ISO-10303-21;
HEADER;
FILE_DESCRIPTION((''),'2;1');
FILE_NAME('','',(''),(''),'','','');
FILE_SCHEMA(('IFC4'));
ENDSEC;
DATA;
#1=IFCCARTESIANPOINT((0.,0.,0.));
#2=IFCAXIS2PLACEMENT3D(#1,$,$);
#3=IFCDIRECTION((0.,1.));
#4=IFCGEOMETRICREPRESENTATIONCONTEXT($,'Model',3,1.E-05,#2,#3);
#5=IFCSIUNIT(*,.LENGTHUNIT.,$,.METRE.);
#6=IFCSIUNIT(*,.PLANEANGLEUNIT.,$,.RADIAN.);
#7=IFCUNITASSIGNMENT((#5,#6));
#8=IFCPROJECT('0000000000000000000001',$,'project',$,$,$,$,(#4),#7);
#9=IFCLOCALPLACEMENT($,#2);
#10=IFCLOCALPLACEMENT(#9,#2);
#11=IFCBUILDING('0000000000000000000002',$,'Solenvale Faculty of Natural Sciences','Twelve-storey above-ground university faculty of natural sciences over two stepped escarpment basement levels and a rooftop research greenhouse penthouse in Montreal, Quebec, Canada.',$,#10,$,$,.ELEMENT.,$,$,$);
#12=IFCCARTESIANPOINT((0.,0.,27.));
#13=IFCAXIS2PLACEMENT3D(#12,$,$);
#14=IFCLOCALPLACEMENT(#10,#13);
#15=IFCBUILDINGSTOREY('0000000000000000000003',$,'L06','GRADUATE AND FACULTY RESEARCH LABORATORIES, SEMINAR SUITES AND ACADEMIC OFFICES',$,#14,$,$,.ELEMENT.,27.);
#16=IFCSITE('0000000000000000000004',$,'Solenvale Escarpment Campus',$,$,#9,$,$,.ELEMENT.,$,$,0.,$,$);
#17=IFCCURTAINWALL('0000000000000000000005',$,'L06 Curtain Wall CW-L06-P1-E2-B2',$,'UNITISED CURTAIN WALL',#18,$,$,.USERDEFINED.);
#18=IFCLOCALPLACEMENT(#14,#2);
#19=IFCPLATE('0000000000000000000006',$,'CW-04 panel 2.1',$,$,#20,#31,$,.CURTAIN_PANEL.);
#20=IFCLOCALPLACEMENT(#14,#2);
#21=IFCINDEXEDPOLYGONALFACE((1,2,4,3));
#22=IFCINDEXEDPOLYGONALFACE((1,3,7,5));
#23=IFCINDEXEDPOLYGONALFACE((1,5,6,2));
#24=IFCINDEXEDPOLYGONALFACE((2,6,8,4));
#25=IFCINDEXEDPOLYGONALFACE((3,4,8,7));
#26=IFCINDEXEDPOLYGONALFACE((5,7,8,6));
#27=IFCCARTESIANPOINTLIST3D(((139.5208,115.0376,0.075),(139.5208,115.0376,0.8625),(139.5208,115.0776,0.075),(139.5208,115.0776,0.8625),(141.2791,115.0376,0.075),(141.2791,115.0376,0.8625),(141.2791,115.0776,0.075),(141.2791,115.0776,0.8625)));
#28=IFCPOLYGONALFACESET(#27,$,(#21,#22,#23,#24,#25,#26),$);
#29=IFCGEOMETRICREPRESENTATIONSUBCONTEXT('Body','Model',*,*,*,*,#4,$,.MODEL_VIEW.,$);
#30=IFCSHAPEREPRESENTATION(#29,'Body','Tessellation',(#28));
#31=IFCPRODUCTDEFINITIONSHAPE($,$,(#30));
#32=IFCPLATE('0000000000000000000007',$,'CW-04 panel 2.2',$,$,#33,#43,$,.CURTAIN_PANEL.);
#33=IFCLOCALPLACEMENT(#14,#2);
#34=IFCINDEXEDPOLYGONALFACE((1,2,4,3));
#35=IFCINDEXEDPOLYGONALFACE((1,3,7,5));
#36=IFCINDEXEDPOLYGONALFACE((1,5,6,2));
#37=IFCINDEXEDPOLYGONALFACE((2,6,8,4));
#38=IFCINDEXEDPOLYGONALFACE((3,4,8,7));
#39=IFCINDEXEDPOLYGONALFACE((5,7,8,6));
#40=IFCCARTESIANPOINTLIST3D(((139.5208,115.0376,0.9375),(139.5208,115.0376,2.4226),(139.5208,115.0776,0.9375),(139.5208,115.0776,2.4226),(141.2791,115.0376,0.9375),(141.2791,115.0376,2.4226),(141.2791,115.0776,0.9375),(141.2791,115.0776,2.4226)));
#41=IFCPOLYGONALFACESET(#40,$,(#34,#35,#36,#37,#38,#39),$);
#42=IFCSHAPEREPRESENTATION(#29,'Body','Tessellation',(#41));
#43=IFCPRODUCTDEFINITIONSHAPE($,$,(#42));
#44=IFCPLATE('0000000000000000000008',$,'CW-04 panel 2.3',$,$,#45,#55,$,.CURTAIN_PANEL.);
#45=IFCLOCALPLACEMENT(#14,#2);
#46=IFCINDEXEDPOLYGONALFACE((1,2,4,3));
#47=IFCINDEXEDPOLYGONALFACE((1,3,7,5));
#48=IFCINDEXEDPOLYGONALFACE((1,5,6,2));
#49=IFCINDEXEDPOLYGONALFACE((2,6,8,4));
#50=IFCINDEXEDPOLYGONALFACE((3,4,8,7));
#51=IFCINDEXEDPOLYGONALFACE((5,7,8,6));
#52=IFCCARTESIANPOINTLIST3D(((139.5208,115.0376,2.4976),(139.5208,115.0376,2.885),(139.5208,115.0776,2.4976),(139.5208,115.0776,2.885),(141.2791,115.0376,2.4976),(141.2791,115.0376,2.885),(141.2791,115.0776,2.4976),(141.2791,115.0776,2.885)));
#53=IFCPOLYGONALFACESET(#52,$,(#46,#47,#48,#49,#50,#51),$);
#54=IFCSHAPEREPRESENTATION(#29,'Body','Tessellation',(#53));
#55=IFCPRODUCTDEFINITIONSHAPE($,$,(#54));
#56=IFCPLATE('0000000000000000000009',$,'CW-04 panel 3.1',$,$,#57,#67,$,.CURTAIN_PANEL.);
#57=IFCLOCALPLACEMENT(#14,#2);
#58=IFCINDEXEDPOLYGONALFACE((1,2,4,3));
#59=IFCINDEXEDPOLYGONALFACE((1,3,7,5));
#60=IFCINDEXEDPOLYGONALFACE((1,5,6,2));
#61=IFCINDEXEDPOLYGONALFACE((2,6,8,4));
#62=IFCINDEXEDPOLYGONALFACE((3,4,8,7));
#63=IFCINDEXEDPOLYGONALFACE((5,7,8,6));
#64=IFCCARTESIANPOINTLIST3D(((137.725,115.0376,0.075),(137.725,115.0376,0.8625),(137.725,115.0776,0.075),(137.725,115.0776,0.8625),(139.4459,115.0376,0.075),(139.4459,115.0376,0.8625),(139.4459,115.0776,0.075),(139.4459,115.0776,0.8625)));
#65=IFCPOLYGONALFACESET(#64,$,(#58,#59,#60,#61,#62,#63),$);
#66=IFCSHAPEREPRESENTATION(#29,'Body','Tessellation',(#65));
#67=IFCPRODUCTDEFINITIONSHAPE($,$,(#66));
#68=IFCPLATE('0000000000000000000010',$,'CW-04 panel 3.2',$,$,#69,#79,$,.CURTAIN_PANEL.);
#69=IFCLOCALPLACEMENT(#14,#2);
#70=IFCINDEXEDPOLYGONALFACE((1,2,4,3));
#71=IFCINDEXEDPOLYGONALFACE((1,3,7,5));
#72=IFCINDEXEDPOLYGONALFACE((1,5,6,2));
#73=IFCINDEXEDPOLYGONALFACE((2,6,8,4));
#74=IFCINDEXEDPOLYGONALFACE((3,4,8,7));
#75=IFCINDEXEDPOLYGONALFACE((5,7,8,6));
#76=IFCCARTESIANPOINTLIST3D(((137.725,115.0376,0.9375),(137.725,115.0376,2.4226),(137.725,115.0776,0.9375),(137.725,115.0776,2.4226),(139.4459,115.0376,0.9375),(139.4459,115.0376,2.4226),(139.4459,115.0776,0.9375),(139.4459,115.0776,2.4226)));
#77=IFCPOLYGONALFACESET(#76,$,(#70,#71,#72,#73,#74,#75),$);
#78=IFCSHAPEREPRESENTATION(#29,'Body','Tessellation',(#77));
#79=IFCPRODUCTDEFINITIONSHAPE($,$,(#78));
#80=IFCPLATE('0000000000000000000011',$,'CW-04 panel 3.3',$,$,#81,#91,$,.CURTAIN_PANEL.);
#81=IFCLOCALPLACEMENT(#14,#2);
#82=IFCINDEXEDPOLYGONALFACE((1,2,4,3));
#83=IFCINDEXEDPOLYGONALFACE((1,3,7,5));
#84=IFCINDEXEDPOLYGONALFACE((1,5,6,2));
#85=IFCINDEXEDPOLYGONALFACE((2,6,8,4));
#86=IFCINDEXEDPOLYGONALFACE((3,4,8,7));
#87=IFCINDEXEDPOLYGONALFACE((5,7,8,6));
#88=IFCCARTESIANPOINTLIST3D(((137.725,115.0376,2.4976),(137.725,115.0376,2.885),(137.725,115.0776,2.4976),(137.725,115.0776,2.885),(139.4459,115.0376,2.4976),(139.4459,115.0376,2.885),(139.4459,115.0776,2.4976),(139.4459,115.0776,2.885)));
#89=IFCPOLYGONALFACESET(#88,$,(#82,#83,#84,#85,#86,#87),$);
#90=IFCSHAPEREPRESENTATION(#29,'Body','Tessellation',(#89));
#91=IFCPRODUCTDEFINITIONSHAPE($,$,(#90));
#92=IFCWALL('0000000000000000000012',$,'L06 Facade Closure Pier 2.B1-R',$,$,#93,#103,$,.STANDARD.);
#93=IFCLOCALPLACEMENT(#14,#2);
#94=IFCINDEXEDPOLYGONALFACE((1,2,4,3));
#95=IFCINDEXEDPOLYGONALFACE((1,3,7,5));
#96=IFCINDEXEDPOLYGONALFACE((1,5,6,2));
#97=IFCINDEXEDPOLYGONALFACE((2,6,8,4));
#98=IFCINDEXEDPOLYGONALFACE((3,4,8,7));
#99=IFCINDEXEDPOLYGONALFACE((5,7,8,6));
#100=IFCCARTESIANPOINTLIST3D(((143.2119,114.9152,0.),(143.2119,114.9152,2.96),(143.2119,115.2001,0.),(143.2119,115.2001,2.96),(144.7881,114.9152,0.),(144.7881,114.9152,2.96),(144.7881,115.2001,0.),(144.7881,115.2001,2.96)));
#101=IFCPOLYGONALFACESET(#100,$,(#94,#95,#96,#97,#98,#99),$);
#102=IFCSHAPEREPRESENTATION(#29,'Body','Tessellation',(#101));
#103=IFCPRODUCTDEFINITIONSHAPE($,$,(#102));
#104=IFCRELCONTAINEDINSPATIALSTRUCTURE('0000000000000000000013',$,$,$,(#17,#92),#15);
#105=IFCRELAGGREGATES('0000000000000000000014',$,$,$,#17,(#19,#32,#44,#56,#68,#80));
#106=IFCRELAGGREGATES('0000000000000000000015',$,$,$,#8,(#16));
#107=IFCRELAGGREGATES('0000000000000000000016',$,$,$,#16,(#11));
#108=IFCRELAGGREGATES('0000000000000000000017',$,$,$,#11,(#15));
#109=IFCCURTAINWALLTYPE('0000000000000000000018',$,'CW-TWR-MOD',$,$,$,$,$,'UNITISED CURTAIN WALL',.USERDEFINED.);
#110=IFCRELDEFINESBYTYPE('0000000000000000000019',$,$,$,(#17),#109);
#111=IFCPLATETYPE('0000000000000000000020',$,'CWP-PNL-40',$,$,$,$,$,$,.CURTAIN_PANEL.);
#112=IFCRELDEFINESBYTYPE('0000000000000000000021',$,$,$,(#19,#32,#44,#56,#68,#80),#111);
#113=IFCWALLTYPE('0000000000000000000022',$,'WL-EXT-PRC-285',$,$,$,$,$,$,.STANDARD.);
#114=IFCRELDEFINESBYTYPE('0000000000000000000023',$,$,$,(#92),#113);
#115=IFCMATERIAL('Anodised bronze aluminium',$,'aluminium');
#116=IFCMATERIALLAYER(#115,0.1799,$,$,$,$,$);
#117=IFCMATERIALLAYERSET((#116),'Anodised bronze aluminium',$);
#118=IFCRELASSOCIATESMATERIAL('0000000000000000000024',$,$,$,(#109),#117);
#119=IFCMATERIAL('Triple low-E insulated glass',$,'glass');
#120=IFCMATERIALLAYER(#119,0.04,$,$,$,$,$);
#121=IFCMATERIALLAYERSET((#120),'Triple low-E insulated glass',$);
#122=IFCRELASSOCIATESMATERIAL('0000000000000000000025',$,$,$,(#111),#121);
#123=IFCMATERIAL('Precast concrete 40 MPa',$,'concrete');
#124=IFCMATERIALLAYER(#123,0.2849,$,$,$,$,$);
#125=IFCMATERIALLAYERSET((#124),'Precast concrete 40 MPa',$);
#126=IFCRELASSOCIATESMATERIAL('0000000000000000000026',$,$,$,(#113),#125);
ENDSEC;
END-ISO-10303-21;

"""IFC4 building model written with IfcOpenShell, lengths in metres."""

from ifc_helpers import new_model, si_unit, direction, frame, frame_2d, origin, origin_2d, place, context, subcontext, project, spatial, rectangle, extrude, material, layer, layer_set, type_object, element, aggregate, save


model = new_model("IFC4")

# Units and contexts
model_context = context("Model", 3, precision=1e-05, world=origin(), true_north=direction((0.0, 1.0)))
body_context = subcontext(model_context, "Body", "Model", "MODEL_VIEW")
ifc_project = project(units=[si_unit("LENGTHUNIT", "METRE"), si_unit("PLANEANGLEUNIT", "RADIAN")], contexts=[model_context])

# Site, building, storey
site_placement = place(None, origin())
site = spatial("IfcSite", under=ifc_project, at=site_placement, Name="Solenvale Escarpment Campus", CompositionType="ELEMENT", RefElevation=0.0)
building_placement = place(site_placement, origin())
building = spatial("IfcBuilding", under=site, at=building_placement, Name="Solenvale Faculty of Natural Sciences", Description="Twelve-storey above-ground university faculty of natural sciences over two stepped escarpment basement levels and a rooftop research greenhouse penthouse in Montreal, Quebec, Canada.", CompositionType="ELEMENT")
storey_placement = place(building_placement, frame((0.0, 0.0, 27.0)))
storey = spatial("IfcBuildingStorey", under=building, at=storey_placement, Name="L06", Description="GRADUATE AND FACULTY RESEARCH LABORATORIES, SEMINAR SUITES AND ACADEMIC OFFICES", CompositionType="ELEMENT", Elevation=27.0)

# Shared definitions
ifc_material_1 = material(Name="Precast concrete 40 MPa", Category="concrete")

# Shared definitions
ifc_material_2 = material(Name="Anodised bronze aluminium", Category="aluminium")
ifc_layer_1 = layer(ifc_material_2, 0.1799)
ifc_layer_set_1 = layer_set([ifc_layer_1], Name="Anodised bronze aluminium")
curtain_wall_type = type_object("IfcCurtainWallType", Name="CW-TWR-MOD", ElementType="UNITISED CURTAIN WALL", PredefinedType="USERDEFINED", material=ifc_layer_set_1)

# Curtain wall
curtain_wall_1_placement = place(storey_placement, origin())
curtain_wall_1 = element("IfcCurtainWall", 1, at=curtain_wall_1_placement, inside=storey, type_object=curtain_wall_type, Name="L06 Curtain Wall CW-L06-P1-E2-B2", ObjectType="UNITISED CURTAIN WALL", PredefinedType="USERDEFINED")

# Plates
ifc_material_3 = material(Name="Triple low-E insulated glass", Category="glass")
ifc_layer_2 = layer(ifc_material_3, 0.04)
ifc_layer_set_2 = layer_set([ifc_layer_2], Name="Triple low-E insulated glass")
plate_type_1 = type_object("IfcPlateType", Name="CWP-PNL-40", PredefinedType="CURTAIN_PANEL", material=ifc_layer_set_2)
plate_1_placement = place(storey_placement, frame((140.3999, 115.0576, 0.075), z_axis=(0.0, 0.0, 1.0), x_axis=(-1.0, 0.0, 0.0)))
plate_1 = element("IfcPlate", 2, at=plate_1_placement, type_object=plate_type_1, Name="CW-04 panel 2.1", PredefinedType="CURTAIN_PANEL", context=body_context, shape_type="SweptSolid", body=[
    extrude(rectangle(XDim=1.7583, YDim=0.04, at=origin_2d()), origin(), (0.0, 0.0, 1.0), 0.7876),
])
plate_2_placement = place(storey_placement, frame((140.3999, 115.0576, 0.9375), z_axis=(0.0, 0.0, 1.0), x_axis=(-1.0, 0.0, 0.0)))
plate_2 = element("IfcPlate", 3, at=plate_2_placement, type_object=plate_type_1, Name="CW-04 panel 2.2", PredefinedType="CURTAIN_PANEL", context=body_context, shape_type="SweptSolid", body=[
    extrude(rectangle(XDim=1.7583, YDim=0.04, at=origin_2d()), origin(), (0.0, 0.0, 1.0), 1.4851),
])
plate_3_placement = place(storey_placement, frame((140.3999, 115.0576, 2.4976), z_axis=(0.0, 0.0, 1.0), x_axis=(-1.0, 0.0, 0.0)))
plate_3 = element("IfcPlate", 4, at=plate_3_placement, type_object=plate_type_1, Name="CW-04 panel 2.3", PredefinedType="CURTAIN_PANEL", context=body_context, shape_type="SweptSolid", body=[
    extrude(rectangle(XDim=1.7583, YDim=0.04, at=origin_2d()), origin(), (0.0, 0.0, 1.0), 0.3875),
])
plate_4_placement = place(storey_placement, frame((138.5854, 115.0576, 0.075), z_axis=(0.0, 0.0, 1.0), x_axis=(-1.0, 0.0, 0.0)))
plate_4 = element("IfcPlate", 5, at=plate_4_placement, type_object=plate_type_1, Name="CW-04 panel 3.1", PredefinedType="CURTAIN_PANEL", context=body_context, shape_type="SweptSolid", body=[
    extrude(rectangle(XDim=1.7209, YDim=0.04, at=origin_2d()), origin(), (0.0, 0.0, 1.0), 0.7876),
])
plate_5_placement = place(storey_placement, frame((138.5854, 115.0576, 0.9375), z_axis=(0.0, 0.0, 1.0), x_axis=(-1.0, 0.0, 0.0)))
plate_5 = element("IfcPlate", 6, at=plate_5_placement, type_object=plate_type_1, Name="CW-04 panel 3.2", PredefinedType="CURTAIN_PANEL", context=body_context, shape_type="SweptSolid", body=[
    extrude(rectangle(XDim=1.7209, YDim=0.04, at=origin_2d()), origin(), (0.0, 0.0, 1.0), 1.4851),
])
plate_6_placement = place(storey_placement, frame((138.5854, 115.0576, 2.4976), z_axis=(0.0, 0.0, 1.0), x_axis=(-1.0, 0.0, 0.0)))
plate_6 = element("IfcPlate", 7, at=plate_6_placement, type_object=plate_type_1, Name="CW-04 panel 3.3", PredefinedType="CURTAIN_PANEL", context=body_context, shape_type="SweptSolid", body=[
    extrude(rectangle(XDim=1.7209, YDim=0.04, at=origin_2d()), origin(), (0.0, 0.0, 1.0), 0.3875),
])
aggregate(curtain_wall_1, [plate_1, plate_2, plate_3, plate_4, plate_5, plate_6])

# Wall
ifc_layer_3 = layer(ifc_material_1, 0.2849)
ifc_layer_set_3 = layer_set([ifc_layer_3], Name="Precast concrete 40 MPa")
wall_type = type_object("IfcWallType", Name="WL-EXT-PRC-285", PredefinedType="STANDARD", material=ifc_layer_set_3)
wall_placement = place(storey_placement, frame((144.7881, 115.0576, 0.0), z_axis=(0.0, 0.0, 1.0), x_axis=(-1.0, 0.0, 0.0)))
element("IfcWall", 8, at=wall_placement, inside=storey, type_object=wall_type, Name="L06 Facade Closure Pier 2.B1-R", PredefinedType="STANDARD", context=body_context, shape_type="SweptSolid", body=[
    extrude(rectangle(XDim=1.5762, YDim=0.2849, at=frame_2d((0.7881, 0.0))), origin(), (0.0, 0.0, 1.0), 2.96),
])

save(model, "model.ifc")
